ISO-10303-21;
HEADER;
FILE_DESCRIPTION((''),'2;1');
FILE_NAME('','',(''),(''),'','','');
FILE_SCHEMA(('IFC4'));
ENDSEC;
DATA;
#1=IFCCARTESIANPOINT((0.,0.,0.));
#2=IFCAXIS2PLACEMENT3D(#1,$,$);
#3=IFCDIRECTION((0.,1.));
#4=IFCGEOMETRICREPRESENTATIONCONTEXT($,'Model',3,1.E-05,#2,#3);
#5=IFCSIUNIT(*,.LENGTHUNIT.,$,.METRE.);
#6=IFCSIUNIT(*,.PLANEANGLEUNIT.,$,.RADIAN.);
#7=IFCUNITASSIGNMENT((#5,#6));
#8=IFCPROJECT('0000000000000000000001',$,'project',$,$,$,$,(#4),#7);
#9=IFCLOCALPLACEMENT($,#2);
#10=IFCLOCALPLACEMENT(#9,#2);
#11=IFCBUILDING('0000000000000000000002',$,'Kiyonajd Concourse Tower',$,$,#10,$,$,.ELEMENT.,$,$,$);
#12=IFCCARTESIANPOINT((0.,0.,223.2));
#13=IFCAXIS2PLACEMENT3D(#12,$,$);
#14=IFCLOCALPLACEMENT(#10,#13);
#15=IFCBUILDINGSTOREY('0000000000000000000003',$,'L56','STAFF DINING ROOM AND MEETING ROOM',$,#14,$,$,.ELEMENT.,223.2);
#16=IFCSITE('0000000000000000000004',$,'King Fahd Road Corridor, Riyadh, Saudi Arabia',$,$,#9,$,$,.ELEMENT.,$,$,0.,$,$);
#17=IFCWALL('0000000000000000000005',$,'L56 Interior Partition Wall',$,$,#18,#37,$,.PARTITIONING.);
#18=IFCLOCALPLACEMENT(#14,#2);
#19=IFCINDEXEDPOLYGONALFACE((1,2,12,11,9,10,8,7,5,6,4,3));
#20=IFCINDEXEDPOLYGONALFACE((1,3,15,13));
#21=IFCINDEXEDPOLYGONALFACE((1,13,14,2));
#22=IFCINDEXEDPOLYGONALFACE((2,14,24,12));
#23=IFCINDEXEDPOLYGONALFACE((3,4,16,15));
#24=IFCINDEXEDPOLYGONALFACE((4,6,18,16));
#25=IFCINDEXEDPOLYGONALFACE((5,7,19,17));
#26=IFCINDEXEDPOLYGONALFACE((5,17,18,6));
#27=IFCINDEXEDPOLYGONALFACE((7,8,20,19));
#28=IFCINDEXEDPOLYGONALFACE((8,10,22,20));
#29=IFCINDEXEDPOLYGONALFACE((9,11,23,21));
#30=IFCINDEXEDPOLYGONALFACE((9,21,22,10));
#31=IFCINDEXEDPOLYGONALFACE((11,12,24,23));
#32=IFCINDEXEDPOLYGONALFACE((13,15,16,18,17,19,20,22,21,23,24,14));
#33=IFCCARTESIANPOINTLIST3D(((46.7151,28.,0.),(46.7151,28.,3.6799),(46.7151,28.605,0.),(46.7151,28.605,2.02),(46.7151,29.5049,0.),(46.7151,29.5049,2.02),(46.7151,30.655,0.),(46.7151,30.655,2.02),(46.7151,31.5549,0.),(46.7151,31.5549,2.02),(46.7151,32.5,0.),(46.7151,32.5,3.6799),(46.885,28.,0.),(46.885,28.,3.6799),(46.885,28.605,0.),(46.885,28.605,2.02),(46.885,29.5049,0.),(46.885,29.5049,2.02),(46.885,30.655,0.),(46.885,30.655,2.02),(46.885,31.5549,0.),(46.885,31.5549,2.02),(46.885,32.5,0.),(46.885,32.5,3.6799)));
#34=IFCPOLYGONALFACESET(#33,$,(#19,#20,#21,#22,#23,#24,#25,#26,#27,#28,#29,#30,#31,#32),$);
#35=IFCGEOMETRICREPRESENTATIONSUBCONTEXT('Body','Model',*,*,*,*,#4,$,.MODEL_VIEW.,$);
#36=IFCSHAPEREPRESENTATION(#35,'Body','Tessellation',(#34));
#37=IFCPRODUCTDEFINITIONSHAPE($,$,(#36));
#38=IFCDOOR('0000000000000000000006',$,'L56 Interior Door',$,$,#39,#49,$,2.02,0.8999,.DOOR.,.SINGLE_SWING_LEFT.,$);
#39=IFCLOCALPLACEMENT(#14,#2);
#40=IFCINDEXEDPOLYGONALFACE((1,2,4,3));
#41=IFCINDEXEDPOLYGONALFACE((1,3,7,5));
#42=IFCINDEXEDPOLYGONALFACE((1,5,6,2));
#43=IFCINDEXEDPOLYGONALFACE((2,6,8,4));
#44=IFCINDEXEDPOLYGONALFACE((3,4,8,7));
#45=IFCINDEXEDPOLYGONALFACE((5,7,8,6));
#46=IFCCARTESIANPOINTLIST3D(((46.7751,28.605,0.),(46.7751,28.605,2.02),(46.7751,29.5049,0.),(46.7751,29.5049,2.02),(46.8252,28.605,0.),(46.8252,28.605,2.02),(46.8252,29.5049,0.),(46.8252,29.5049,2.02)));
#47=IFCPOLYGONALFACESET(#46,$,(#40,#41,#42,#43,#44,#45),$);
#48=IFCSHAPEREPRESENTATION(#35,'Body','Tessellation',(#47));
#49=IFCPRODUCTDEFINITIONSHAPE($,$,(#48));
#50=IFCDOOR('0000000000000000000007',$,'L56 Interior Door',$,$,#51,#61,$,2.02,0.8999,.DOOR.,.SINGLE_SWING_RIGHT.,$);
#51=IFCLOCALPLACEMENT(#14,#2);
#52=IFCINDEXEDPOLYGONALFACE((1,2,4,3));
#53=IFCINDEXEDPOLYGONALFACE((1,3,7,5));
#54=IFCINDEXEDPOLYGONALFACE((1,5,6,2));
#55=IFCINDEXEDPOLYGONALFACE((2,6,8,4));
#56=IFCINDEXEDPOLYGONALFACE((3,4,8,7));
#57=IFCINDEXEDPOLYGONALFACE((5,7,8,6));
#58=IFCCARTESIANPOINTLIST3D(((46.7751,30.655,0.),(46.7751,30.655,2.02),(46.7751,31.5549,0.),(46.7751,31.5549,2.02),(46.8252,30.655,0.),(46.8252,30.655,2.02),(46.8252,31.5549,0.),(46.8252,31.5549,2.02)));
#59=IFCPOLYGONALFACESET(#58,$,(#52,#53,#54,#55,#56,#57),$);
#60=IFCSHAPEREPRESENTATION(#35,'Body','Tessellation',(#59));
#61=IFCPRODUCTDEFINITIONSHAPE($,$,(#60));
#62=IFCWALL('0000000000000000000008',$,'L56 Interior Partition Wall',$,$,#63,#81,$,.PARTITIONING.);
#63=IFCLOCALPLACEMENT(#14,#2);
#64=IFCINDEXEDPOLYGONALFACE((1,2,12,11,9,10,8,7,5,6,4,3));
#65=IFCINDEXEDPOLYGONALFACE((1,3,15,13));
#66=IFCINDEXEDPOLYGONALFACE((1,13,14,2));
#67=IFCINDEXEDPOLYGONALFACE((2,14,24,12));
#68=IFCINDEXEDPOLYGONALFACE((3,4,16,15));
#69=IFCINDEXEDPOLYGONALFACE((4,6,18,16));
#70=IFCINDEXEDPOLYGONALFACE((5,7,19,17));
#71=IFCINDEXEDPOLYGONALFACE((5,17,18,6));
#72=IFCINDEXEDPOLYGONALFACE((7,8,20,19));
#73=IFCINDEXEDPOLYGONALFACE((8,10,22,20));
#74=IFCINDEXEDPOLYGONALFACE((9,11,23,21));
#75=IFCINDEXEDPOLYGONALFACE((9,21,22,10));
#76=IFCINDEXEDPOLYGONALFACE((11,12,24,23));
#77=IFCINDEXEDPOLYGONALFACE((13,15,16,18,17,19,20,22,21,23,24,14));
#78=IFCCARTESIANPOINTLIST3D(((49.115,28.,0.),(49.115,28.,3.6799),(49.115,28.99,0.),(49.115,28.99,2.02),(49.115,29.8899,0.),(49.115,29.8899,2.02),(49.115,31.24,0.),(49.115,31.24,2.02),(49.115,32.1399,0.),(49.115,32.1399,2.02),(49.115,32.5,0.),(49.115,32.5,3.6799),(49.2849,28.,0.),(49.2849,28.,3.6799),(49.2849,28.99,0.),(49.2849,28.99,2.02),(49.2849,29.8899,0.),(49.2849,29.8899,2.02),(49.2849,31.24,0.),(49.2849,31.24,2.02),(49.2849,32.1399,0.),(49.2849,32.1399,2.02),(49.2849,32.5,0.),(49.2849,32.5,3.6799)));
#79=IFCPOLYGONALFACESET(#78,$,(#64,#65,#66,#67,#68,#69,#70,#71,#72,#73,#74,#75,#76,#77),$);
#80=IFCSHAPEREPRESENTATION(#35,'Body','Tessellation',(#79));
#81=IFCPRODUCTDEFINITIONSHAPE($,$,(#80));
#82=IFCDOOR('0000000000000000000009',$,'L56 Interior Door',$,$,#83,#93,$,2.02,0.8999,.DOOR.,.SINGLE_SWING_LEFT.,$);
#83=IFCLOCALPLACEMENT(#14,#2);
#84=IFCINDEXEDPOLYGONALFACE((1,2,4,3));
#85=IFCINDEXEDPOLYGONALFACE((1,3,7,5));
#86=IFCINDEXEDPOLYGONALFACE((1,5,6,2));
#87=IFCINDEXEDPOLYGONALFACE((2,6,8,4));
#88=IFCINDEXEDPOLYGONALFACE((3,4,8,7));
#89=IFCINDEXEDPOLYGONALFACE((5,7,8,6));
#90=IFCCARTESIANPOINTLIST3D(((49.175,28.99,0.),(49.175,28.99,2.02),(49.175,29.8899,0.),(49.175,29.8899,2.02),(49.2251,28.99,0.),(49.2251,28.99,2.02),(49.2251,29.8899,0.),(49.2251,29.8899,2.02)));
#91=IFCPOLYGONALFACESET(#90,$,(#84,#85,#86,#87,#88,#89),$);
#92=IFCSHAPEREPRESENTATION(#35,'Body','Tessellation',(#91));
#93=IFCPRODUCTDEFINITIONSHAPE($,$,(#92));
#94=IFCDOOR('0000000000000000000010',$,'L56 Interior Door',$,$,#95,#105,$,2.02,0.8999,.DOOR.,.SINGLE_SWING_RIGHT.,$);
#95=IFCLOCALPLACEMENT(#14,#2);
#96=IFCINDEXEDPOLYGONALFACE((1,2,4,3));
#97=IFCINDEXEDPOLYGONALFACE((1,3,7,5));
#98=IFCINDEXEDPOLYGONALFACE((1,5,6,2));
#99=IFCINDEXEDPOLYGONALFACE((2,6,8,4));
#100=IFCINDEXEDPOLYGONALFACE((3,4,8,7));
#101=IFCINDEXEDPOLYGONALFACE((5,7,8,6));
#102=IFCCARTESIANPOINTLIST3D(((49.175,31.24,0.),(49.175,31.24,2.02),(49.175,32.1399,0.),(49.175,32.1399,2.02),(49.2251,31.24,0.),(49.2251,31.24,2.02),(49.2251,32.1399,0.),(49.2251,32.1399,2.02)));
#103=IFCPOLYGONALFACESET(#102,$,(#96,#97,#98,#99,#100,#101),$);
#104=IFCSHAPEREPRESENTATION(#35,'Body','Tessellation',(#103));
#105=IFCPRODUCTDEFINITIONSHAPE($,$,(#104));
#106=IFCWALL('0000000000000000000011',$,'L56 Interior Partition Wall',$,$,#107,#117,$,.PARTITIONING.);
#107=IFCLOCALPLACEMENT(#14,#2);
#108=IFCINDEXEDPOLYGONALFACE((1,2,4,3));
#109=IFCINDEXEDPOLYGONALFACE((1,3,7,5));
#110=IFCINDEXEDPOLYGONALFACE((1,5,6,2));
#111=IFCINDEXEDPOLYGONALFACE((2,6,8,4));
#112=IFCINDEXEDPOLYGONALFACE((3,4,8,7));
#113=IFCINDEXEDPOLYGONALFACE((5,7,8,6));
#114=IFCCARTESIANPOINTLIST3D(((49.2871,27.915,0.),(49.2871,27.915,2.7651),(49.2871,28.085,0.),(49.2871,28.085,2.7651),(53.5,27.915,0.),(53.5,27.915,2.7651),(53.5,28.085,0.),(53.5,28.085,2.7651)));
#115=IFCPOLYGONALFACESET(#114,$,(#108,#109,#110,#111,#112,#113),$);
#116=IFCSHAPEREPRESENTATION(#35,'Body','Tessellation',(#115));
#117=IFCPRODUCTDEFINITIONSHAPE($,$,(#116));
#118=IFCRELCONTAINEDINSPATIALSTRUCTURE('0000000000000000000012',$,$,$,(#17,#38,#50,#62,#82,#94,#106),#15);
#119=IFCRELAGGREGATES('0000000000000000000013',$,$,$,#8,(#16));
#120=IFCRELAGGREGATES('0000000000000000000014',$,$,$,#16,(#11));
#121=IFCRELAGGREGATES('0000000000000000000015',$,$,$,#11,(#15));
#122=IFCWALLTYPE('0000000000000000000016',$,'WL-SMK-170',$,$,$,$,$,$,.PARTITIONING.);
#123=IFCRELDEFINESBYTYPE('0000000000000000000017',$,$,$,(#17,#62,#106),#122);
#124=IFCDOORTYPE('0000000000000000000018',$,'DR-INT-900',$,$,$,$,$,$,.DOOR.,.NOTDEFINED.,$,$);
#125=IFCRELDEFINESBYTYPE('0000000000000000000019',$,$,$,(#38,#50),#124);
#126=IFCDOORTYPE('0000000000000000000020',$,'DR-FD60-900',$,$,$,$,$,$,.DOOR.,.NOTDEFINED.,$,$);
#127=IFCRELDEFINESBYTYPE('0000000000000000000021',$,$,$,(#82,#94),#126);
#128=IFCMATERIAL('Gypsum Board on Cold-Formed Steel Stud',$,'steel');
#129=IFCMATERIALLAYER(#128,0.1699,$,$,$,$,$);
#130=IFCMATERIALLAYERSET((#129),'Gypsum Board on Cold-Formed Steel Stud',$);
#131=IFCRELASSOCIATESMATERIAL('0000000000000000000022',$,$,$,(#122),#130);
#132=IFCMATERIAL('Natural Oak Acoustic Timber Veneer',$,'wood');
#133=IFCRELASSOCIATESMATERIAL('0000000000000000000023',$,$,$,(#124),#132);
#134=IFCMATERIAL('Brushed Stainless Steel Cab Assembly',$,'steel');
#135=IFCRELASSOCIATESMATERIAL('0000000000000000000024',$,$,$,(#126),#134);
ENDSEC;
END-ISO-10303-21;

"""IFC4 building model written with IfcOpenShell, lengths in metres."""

from ifc_helpers import new_model, si_unit, direction, frame, frame_2d, origin, place, context, subcontext, project, spatial, rectangle, extrude, material, layer, layer_set, type_object, element, fill, save


model = new_model("IFC4")

# Units and contexts
model_context = context("Model", 3, precision=1e-05, world=origin(), true_north=direction((0.0, 1.0)))
body_context = subcontext(model_context, "Body", "Model", "MODEL_VIEW")
ifc_project = project(units=[si_unit("LENGTHUNIT", "METRE"), si_unit("PLANEANGLEUNIT", "RADIAN")], contexts=[model_context])

# Site, building, storey
site_placement = place(None, origin())
site = spatial("IfcSite", under=ifc_project, at=site_placement, Name="King Fahd Road Corridor, Riyadh, Saudi Arabia", CompositionType="ELEMENT", RefElevation=0.0)
building_placement = place(site_placement, origin())
building = spatial("IfcBuilding", under=site, at=building_placement, Name="Kiyonajd Concourse Tower", CompositionType="ELEMENT")
storey_placement = place(building_placement, frame((0.0, 0.0, 223.2)))
storey = spatial("IfcBuildingStorey", under=building, at=storey_placement, Name="L56", Description="STAFF DINING ROOM AND MEETING ROOM", CompositionType="ELEMENT", Elevation=223.2)

# Shared definitions
ifc_material_1 = material(Name="Gypsum Board on Cold-Formed Steel Stud", Category="steel")

# Shared definitions
ifc_layer_1 = layer(ifc_material_1, 0.1699)
ifc_layer_set_1 = layer_set([ifc_layer_1], Name="Gypsum Board on Cold-Formed Steel Stud")
wall_type_1 = type_object("IfcWallType", Name="WL-SMK-170", PredefinedType="PARTITIONING", material=ifc_layer_set_1)
ifc_material_2 = material(Name="Natural Oak Acoustic Timber Veneer", Category="wood")
door_type_1 = type_object("IfcDoorType", Name="DR-INT-900", OperationType="NOTDEFINED", PredefinedType="DOOR", material=ifc_material_2)

# Shared definitions
ifc_material_3 = material(Name="Brushed Stainless Steel Cab Assembly", Category="steel")
door_type_2 = type_object("IfcDoorType", Name="DR-FD60-900", OperationType="NOTDEFINED", PredefinedType="DOOR", material=ifc_material_3)

# Walls, openings, doors
wall_1_placement = place(storey_placement, frame((46.8, 28.0, 0.0), z_axis=(0.0, 0.0, 1.0), x_axis=(0.0, 1.0, 0.0)))
wall_1 = element("IfcWall", 1, at=wall_1_placement, inside=storey, type_object=wall_type_1, Name="L56 Interior Partition Wall", PredefinedType="PARTITIONING", context=body_context, shape_type="SweptSolid", body=[
    extrude(rectangle(XDim=4.5, YDim=0.1699, at=frame_2d((2.25, 0.0))), origin(), (0.0, 0.0, 1.0), 3.6799),
])
opening_1_placement = place(wall_1_placement, frame((0.605, 0.0, 0.0)))
opening_1 = element("IfcOpeningElement", 2, at=opening_1_placement, cuts=wall_1, PredefinedType="OPENING", context=body_context, shape_type="SweptSolid", body=[
    extrude(rectangle(XDim=0.8999, YDim=2.02, at=frame_2d((0.45, 1.01))), frame((0.0, 0.095, 0.0), z_axis=(0.0, -1.0, 0.0), x_axis=(1.0, 0.0, 0.0)), (0.0, 0.0, 1.0), 0.1899),
])
opening_2_placement = place(wall_1_placement, frame((2.655, 0.0, 0.0)))
opening_2 = element("IfcOpeningElement", 3, at=opening_2_placement, cuts=wall_1, PredefinedType="OPENING", context=body_context, shape_type="SweptSolid", body=[
    extrude(rectangle(XDim=0.8999, YDim=2.02, at=frame_2d((0.45, 1.01))), frame((0.0, 0.095, 0.0), z_axis=(0.0, -1.0, 0.0), x_axis=(1.0, 0.0, 0.0)), (0.0, 0.0, 1.0), 0.1899),
])
door_1_placement = place(opening_1_placement, origin())
door_1 = element("IfcDoor", 4, at=door_1_placement, inside=storey, type_object=door_type_1, Name="L56 Interior Door", OperationType="SINGLE_SWING_LEFT", OverallHeight=2.02, OverallWidth=0.8999, PredefinedType="DOOR", context=body_context, shape_type="SweptSolid", body=[
    extrude(rectangle(XDim=0.8999, YDim=2.02, at=frame_2d((0.45, 1.01))), frame((0.0, 0.0249, 0.0), z_axis=(0.0, -1.0, 0.0), x_axis=(1.0, 0.0, 0.0)), (0.0, 0.0, 1.0), 0.05),
])
fill(opening_1, door_1)
door_2_placement = place(opening_2_placement, origin())
door_2 = element("IfcDoor", 5, at=door_2_placement, inside=storey, type_object=door_type_1, Name="L56 Interior Door", OperationType="SINGLE_SWING_RIGHT", OverallHeight=2.02, OverallWidth=0.8999, PredefinedType="DOOR", context=body_context, shape_type="SweptSolid", body=[
    extrude(rectangle(XDim=0.8999, YDim=2.02, at=frame_2d((0.45, 1.01))), frame((0.0, 0.0249, 0.0), z_axis=(0.0, -1.0, 0.0), x_axis=(1.0, 0.0, 0.0)), (0.0, 0.0, 1.0), 0.05),
])
fill(opening_2, door_2)
wall_2_placement = place(storey_placement, frame((49.2, 28.0, 0.0), z_axis=(0.0, 0.0, 1.0), x_axis=(0.0, 1.0, 0.0)))
wall_2 = element("IfcWall", 6, at=wall_2_placement, inside=storey, type_object=wall_type_1, Name="L56 Interior Partition Wall", PredefinedType="PARTITIONING", context=body_context, shape_type="SweptSolid", body=[
    extrude(rectangle(XDim=4.5, YDim=0.1699, at=frame_2d((2.25, 0.0))), origin(), (0.0, 0.0, 1.0), 3.6799),
])
opening_3_placement = place(wall_2_placement, frame((0.99, 0.0, 0.0)))
opening_3 = element("IfcOpeningElement", 7, at=opening_3_placement, cuts=wall_2, PredefinedType="OPENING", context=body_context, shape_type="SweptSolid", body=[
    extrude(rectangle(XDim=0.8999, YDim=2.02, at=frame_2d((0.45, 1.01))), frame((0.0, 0.095, 0.0), z_axis=(0.0, -1.0, 0.0), x_axis=(1.0, 0.0, 0.0)), (0.0, 0.0, 1.0), 0.1899),
])
opening_4_placement = place(wall_2_placement, frame((3.24, 0.0, 0.0)))
opening_4 = element("IfcOpeningElement", 8, at=opening_4_placement, cuts=wall_2, PredefinedType="OPENING", context=body_context, shape_type="SweptSolid", body=[
    extrude(rectangle(XDim=0.8999, YDim=2.02, at=frame_2d((0.45, 1.01))), frame((0.0, 0.095, 0.0), z_axis=(0.0, -1.0, 0.0), x_axis=(1.0, 0.0, 0.0)), (0.0, 0.0, 1.0), 0.1899),
])
door_3_placement = place(opening_3_placement, origin())
door_3 = element("IfcDoor", 9, at=door_3_placement, inside=storey, type_object=door_type_2, Name="L56 Interior Door", OperationType="SINGLE_SWING_LEFT", OverallHeight=2.02, OverallWidth=0.8999, PredefinedType="DOOR", context=body_context, shape_type="SweptSolid", body=[
    extrude(rectangle(XDim=0.8999, YDim=2.02, at=frame_2d((0.45, 1.01))), frame((0.0, 0.0249, 0.0), z_axis=(0.0, -1.0, 0.0), x_axis=(1.0, 0.0, 0.0)), (0.0, 0.0, 1.0), 0.05),
])
fill(opening_3, door_3)
door_4_placement = place(opening_4_placement, origin())
door_4 = element("IfcDoor", 10, at=door_4_placement, inside=storey, type_object=door_type_2, Name="L56 Interior Door", OperationType="SINGLE_SWING_RIGHT", OverallHeight=2.02, OverallWidth=0.8999, PredefinedType="DOOR", context=body_context, shape_type="SweptSolid", body=[
    extrude(rectangle(XDim=0.8999, YDim=2.02, at=frame_2d((0.45, 1.01))), frame((0.0, 0.0249, 0.0), z_axis=(0.0, -1.0, 0.0), x_axis=(1.0, 0.0, 0.0)), (0.0, 0.0, 1.0), 0.05),
])
fill(opening_4, door_4)

# Wall
wall_3_placement = place(storey_placement, frame((49.2871, 28.0, 0.0), z_axis=(0.0, 0.0, 1.0), x_axis=(1.0, 0.0, 0.0)))
element("IfcWall", 11, at=wall_3_placement, inside=storey, type_object=wall_type_1, Name="L56 Interior Partition Wall", PredefinedType="PARTITIONING", context=body_context, shape_type="SweptSolid", body=[
    extrude(rectangle(XDim=4.2129, YDim=0.1699, at=frame_2d((2.1064, 0.0))), origin(), (0.0, 0.0, 1.0), 2.7651),
])

save(model, "model.ifc")
